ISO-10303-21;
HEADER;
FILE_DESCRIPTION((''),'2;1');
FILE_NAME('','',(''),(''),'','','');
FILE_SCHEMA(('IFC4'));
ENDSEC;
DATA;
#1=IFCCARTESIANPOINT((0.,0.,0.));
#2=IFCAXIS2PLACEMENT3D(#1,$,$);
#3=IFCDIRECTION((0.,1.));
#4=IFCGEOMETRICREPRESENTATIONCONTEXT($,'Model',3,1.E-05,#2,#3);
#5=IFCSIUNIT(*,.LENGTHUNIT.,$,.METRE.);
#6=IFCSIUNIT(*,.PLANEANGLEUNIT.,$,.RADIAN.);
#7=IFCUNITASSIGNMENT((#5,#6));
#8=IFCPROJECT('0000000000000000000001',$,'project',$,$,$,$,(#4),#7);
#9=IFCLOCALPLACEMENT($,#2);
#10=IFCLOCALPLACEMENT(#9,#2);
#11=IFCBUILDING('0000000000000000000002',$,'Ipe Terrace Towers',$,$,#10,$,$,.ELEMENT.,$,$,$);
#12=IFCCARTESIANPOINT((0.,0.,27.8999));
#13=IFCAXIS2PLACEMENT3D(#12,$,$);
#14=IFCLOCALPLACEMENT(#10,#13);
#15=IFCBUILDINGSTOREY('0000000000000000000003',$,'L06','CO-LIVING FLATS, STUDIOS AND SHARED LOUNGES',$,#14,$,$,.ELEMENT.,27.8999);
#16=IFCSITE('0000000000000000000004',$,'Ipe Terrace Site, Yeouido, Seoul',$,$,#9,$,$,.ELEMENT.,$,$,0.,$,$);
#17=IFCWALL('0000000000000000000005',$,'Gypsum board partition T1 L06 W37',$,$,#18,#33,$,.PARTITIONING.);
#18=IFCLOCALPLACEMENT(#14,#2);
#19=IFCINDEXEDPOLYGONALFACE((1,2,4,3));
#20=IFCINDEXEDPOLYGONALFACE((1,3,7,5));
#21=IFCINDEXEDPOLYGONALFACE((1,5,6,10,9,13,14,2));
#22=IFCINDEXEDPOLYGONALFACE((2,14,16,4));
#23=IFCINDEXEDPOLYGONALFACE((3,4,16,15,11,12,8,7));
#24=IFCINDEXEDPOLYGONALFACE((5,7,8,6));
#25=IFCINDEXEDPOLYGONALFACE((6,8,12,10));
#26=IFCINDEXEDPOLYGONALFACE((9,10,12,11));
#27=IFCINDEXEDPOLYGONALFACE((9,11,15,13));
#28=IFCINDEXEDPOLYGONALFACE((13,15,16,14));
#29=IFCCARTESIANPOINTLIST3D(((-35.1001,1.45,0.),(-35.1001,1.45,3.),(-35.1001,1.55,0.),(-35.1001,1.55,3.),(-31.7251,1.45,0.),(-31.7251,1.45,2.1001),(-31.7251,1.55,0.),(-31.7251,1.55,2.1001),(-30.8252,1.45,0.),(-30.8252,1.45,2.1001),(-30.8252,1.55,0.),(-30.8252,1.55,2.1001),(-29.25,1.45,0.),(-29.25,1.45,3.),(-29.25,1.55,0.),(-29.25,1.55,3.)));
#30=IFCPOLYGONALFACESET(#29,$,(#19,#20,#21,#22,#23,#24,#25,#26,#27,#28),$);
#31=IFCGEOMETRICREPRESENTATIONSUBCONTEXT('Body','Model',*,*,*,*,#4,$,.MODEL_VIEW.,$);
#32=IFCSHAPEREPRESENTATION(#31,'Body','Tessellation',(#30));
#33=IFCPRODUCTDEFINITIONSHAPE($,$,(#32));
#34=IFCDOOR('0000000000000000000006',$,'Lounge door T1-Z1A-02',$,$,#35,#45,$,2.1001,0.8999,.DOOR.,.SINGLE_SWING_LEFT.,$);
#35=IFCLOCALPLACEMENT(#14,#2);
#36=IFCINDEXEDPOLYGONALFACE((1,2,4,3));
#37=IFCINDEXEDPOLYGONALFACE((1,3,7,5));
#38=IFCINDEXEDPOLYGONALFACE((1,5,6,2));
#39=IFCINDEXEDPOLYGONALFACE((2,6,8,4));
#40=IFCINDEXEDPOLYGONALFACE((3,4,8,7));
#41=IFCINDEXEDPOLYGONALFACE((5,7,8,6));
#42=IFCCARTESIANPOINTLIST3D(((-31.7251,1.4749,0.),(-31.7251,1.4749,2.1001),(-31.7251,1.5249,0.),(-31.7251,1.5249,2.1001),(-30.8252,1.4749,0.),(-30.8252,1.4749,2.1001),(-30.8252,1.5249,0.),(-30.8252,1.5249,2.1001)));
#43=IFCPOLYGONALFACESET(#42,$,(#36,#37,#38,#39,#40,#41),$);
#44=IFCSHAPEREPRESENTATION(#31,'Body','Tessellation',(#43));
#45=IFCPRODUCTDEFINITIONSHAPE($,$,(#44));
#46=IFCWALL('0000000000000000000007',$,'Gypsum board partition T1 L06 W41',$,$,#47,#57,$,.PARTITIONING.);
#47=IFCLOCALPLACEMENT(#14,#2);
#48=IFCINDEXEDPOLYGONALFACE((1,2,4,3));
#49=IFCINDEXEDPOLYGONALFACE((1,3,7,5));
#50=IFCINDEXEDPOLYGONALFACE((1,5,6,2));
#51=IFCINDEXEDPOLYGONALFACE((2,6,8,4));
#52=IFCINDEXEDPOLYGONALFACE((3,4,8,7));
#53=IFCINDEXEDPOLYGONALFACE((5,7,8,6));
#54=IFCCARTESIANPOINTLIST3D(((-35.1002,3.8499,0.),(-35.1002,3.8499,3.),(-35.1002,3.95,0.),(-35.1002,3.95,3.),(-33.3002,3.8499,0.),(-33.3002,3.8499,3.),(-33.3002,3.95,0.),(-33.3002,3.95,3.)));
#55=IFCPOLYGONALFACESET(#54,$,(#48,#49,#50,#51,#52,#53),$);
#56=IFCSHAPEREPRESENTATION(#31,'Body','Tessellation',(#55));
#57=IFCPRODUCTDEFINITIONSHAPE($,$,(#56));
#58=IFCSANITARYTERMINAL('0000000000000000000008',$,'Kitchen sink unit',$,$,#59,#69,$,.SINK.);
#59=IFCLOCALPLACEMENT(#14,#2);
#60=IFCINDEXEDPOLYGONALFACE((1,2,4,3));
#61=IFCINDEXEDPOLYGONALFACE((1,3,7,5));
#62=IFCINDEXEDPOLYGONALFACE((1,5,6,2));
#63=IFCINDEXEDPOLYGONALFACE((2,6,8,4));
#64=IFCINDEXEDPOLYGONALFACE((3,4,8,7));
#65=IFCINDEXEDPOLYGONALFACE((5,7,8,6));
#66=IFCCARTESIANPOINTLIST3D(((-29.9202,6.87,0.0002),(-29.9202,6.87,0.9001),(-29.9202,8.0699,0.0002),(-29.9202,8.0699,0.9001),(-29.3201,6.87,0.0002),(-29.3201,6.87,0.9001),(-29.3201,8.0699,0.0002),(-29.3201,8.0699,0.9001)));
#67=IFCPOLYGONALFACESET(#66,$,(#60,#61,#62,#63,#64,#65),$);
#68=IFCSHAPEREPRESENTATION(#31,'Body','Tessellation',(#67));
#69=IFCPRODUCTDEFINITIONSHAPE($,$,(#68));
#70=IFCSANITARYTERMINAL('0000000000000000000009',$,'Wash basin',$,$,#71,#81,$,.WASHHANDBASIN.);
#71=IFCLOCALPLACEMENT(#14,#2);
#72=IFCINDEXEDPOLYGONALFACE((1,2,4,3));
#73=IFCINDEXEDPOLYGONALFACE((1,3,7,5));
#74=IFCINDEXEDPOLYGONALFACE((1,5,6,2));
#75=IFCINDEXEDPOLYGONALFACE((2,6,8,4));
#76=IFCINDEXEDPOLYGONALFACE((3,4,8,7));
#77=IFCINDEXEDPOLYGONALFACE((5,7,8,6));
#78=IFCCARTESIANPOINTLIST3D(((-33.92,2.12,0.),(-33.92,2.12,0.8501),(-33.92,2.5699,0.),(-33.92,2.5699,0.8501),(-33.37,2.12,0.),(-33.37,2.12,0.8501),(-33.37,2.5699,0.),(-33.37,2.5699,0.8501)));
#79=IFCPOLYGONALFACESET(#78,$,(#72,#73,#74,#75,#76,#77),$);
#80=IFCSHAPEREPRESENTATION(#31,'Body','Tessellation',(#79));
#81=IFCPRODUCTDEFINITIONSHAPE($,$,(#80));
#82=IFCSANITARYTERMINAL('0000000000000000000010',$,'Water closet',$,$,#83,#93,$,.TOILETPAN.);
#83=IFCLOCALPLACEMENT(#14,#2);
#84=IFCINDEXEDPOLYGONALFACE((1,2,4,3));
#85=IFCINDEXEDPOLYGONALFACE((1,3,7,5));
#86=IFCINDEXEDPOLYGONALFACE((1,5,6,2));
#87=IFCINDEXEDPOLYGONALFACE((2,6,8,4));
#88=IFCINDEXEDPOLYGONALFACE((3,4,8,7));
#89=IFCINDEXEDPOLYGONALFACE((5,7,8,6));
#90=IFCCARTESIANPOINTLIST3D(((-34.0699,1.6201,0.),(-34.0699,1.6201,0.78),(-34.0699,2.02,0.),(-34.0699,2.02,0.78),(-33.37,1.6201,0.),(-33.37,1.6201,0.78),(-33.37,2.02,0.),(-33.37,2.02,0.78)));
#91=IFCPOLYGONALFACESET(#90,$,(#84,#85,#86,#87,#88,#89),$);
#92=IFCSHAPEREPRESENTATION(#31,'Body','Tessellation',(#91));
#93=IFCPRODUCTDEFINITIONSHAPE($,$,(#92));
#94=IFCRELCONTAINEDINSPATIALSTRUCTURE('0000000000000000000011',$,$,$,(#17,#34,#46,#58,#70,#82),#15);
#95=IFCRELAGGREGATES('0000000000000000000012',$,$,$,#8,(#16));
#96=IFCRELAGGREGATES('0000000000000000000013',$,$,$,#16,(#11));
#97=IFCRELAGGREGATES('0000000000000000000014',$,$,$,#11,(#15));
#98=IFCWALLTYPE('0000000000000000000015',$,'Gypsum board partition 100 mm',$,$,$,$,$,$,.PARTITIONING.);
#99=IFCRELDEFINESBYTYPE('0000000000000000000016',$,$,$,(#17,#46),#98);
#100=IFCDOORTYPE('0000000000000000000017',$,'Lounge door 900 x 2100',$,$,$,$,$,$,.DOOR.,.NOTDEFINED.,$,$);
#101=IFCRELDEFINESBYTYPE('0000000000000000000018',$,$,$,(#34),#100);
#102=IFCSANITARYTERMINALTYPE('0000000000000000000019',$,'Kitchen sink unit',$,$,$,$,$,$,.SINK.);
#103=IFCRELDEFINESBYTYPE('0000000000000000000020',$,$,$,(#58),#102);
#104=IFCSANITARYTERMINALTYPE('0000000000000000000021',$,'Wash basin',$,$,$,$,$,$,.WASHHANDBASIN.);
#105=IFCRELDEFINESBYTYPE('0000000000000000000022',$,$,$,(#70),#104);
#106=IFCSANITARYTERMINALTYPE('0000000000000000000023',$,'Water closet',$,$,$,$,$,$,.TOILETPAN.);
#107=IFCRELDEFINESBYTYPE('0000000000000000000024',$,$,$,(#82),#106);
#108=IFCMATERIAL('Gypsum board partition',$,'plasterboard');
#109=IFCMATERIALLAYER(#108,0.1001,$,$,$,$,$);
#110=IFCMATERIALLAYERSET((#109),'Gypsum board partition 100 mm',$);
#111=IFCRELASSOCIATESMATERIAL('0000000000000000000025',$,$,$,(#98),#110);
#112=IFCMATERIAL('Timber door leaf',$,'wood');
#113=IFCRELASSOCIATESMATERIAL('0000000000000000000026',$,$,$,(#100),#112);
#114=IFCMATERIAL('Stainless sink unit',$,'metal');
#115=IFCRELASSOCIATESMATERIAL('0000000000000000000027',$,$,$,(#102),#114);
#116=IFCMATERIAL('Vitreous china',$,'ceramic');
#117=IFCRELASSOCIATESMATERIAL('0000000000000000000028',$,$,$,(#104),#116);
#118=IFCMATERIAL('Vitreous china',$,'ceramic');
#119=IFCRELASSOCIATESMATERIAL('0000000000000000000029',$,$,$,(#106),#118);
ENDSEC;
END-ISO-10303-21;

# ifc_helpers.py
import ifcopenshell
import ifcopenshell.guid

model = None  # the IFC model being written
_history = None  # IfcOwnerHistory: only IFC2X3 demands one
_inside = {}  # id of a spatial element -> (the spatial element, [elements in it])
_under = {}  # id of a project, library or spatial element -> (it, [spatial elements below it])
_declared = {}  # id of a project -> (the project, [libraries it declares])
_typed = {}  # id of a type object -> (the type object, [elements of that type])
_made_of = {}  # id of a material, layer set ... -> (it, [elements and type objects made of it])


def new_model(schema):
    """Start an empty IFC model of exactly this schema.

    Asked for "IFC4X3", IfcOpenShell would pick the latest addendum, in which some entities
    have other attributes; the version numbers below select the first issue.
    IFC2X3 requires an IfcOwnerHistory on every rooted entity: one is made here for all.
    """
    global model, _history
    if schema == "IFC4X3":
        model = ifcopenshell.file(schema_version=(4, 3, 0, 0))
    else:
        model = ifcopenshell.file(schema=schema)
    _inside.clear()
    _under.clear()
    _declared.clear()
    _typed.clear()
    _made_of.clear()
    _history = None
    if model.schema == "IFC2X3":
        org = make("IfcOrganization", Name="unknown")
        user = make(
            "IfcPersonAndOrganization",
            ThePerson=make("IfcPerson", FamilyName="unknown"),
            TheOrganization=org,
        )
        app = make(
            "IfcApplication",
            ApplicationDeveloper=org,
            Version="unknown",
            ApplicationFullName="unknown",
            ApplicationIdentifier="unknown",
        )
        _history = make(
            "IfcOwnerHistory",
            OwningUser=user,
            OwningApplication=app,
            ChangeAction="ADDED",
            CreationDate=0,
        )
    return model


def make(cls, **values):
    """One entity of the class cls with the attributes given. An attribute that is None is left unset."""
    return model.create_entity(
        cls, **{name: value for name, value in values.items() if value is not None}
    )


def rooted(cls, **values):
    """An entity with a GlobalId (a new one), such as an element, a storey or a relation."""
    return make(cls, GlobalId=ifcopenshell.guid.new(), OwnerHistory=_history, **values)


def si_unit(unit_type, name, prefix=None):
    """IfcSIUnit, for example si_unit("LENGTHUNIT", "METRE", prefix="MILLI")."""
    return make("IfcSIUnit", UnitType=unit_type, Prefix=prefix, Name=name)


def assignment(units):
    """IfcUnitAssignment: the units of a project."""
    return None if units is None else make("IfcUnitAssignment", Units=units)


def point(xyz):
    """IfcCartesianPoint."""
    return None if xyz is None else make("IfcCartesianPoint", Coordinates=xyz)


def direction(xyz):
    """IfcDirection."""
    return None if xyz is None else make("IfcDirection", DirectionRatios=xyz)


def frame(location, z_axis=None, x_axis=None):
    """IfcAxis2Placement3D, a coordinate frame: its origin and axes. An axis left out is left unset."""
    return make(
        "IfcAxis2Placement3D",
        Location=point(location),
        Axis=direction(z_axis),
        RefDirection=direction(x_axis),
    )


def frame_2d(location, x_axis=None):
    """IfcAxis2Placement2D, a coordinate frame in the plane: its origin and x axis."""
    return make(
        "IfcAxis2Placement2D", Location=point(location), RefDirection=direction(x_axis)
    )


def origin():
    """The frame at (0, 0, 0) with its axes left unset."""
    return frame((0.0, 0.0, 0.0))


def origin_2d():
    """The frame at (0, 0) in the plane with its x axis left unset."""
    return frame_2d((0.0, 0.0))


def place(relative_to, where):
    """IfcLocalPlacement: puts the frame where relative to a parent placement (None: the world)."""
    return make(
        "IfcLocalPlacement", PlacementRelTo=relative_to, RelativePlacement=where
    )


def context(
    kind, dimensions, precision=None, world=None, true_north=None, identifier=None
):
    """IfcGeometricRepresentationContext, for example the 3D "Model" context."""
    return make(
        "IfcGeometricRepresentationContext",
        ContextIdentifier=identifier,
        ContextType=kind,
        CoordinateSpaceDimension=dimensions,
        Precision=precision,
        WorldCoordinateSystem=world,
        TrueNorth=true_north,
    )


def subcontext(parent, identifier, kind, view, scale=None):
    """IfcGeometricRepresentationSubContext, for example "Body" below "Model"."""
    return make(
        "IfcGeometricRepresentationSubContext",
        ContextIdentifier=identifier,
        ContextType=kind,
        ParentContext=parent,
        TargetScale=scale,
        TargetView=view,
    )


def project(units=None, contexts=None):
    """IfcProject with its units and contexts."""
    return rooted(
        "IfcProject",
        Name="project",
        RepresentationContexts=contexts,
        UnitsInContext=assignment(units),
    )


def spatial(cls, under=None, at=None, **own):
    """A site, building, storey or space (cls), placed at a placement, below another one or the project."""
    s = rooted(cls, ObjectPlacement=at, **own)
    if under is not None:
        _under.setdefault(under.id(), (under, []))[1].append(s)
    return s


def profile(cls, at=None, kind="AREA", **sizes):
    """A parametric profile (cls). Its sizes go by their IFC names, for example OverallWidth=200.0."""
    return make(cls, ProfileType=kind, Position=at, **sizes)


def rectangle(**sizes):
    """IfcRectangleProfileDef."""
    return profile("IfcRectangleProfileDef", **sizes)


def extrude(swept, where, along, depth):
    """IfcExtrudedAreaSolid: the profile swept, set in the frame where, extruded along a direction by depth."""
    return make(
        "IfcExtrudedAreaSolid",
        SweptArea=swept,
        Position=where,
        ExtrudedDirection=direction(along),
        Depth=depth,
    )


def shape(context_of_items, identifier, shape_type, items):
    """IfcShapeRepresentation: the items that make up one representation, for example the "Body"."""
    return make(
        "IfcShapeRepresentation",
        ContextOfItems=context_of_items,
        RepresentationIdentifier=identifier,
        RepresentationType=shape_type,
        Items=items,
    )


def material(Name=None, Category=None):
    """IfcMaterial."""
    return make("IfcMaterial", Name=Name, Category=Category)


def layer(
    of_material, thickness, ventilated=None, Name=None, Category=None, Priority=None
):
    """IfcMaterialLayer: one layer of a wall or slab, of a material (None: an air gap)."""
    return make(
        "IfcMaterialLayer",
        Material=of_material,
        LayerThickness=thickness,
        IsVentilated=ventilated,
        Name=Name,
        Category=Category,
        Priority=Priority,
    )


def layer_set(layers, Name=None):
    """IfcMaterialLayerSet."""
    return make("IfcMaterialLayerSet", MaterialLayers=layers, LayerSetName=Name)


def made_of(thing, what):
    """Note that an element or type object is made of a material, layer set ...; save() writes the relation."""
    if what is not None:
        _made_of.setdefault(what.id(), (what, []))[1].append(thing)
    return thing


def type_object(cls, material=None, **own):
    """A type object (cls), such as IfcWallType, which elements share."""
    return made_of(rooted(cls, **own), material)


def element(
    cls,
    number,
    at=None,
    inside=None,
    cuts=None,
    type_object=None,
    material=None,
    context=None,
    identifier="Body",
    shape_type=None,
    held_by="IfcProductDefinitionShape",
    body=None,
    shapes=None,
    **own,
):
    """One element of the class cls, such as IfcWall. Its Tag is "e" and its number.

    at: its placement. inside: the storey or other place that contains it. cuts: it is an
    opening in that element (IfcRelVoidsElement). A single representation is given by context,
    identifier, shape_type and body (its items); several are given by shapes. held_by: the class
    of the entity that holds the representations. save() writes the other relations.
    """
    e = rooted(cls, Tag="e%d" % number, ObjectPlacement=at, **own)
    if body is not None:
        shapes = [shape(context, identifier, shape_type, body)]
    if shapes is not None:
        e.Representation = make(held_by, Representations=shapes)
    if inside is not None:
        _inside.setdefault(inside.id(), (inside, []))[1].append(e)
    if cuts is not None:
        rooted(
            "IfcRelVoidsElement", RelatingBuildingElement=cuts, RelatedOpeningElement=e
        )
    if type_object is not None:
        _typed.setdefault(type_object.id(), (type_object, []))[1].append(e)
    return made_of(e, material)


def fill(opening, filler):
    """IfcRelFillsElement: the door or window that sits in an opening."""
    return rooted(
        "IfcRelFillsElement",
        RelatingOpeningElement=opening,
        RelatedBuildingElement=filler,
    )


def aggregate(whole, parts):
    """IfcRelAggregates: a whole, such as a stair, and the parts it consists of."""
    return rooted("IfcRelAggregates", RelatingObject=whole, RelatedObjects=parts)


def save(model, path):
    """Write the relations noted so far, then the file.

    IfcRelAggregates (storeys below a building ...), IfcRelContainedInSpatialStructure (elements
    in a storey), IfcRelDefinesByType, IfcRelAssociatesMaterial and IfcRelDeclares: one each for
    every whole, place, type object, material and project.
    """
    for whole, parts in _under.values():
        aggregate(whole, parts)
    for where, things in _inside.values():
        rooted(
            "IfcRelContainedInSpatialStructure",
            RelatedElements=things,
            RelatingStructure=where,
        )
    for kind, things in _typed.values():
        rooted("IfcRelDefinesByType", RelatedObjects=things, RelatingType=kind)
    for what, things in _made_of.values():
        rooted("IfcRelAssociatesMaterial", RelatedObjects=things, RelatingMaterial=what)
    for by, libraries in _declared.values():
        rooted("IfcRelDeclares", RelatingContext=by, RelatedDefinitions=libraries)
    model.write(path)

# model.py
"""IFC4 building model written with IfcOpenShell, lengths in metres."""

from ifc_helpers import new_model, si_unit, direction, frame, frame_2d, origin, origin_2d, place, context, subcontext, project, spatial, rectangle, extrude, material, layer, layer_set, type_object, element, fill, save


model = new_model("IFC4")

# Units and contexts
model_context = context("Model", 3, precision=1e-05, world=origin(), true_north=direction((0.0, 1.0)))
body_context = subcontext(model_context, "Body", "Model", "MODEL_VIEW")
ifc_project = project(units=[si_unit("LENGTHUNIT", "METRE"), si_unit("PLANEANGLEUNIT", "RADIAN")], contexts=[model_context])

# Site, building, storey
site_placement = place(None, origin())
site = spatial("IfcSite", under=ifc_project, at=site_placement, Name="Ipe Terrace Site, Yeouido, Seoul", CompositionType="ELEMENT", RefElevation=0.0)
building_placement = place(site_placement, origin())
building = spatial("IfcBuilding", under=site, at=building_placement, Name="Ipe Terrace Towers", CompositionType="ELEMENT")
storey_placement = place(building_placement, frame((0.0, 0.0, 27.8999)))
storey = spatial("IfcBuildingStorey", under=building, at=storey_placement, Name="L06", Description="CO-LIVING FLATS, STUDIOS AND SHARED LOUNGES", CompositionType="ELEMENT", Elevation=27.8999)

# Shared definitions
ifc_material_1 = material(Name="Gypsum board partition", Category="plasterboard")
ifc_layer_1 = layer(ifc_material_1, 0.1001)
ifc_layer_set_1 = layer_set([ifc_layer_1], Name="Gypsum board partition 100 mm")
wall_type = type_object("IfcWallType", Name="Gypsum board partition 100 mm", PredefinedType="PARTITIONING", material=ifc_layer_set_1)

# Shared definitions
ifc_material_2 = material(Name="Timber door leaf", Category="wood")
door_type_1 = type_object("IfcDoorType", Name="Lounge door 900 x 2100", OperationType="NOTDEFINED", PredefinedType="DOOR", material=ifc_material_2)

# Wall, opening, door
wall_1_placement = place(storey_placement, frame((-35.1001, 1.5, 0.0), z_axis=(0.0, 0.0, 1.0), x_axis=(1.0, 0.0, 0.0)))
wall_1 = element("IfcWall", 1, at=wall_1_placement, inside=storey, type_object=wall_type, Name="Gypsum board partition T1 L06 W37", PredefinedType="PARTITIONING", context=body_context, shape_type="SweptSolid", body=[
    extrude(rectangle(XDim=5.8501, YDim=0.1001, at=frame_2d((2.925, 0.0))), origin(), (0.0, 0.0, 1.0), 3.0),
])
opening_1_placement = place(wall_1_placement, frame((3.375, 0.0, 0.0)))
opening_1 = element("IfcOpeningElement", 2, at=opening_1_placement, cuts=wall_1, PredefinedType="OPENING", context=body_context, shape_type="SweptSolid", body=[
    extrude(rectangle(XDim=0.8999, YDim=2.1001, at=frame_2d((0.45, 1.05))), frame((0.0, 0.0601, 0.0), z_axis=(0.0, -1.0, 0.0), x_axis=(1.0, 0.0, 0.0)), (0.0, 0.0, 1.0), 0.1201),
])
door_1_placement = place(opening_1_placement, origin())
door_1 = element("IfcDoor", 3, at=door_1_placement, inside=storey, type_object=door_type_1, Name="Lounge door T1-Z1A-02", OperationType="SINGLE_SWING_LEFT", OverallHeight=2.1001, OverallWidth=0.8999, PredefinedType="DOOR", context=body_context, shape_type="SweptSolid", body=[
    extrude(rectangle(XDim=0.8999, YDim=2.1001, at=frame_2d((0.45, 1.05))), frame((0.0, 0.0249, 0.0), z_axis=(0.0, -1.0, 0.0), x_axis=(1.0, 0.0, 0.0)), (0.0, 0.0, 1.0), 0.05),
])
fill(opening_1, door_1)

# Wall
wall_2_placement = place(storey_placement, frame((-35.1001, 3.8999, 0.0), z_axis=(0.0, 0.0, 1.0), x_axis=(1.0, 0.0, 0.0)))
element("IfcWall", 4, at=wall_2_placement, inside=storey, type_object=wall_type, Name="Gypsum board partition T1 L06 W41", PredefinedType="PARTITIONING", context=body_context, shape_type="SweptSolid", body=[
    extrude(rectangle(XDim=1.8, YDim=0.1001, at=frame_2d((0.8999, 0.0))), origin(), (0.0, 0.0, 1.0), 3.0),
])

# Sanitary terminals
ifc_material_3 = material(Name="Stainless sink unit", Category="metal")
sanitary_terminal_type_1 = type_object("IfcSanitaryTerminalType", Name="Kitchen sink unit", PredefinedType="SINK", material=ifc_material_3)
sanitary_terminal_1_placement = place(storey_placement, frame((-29.6201, 7.47, 0.0002), z_axis=(0.0, 0.0, 1.0), x_axis=(0.0, -1.0, 0.0)))
element("IfcSanitaryTerminal", 5, at=sanitary_terminal_1_placement, inside=storey, type_object=sanitary_terminal_type_1, Name="Kitchen sink unit", PredefinedType="SINK", context=body_context, shape_type="SweptSolid", body=[
    extrude(rectangle(XDim=1.2, YDim=0.6001, at=origin_2d()), origin(), (0.0, 0.0, 1.0), 0.8999),
])
ifc_material_4 = material(Name="Vitreous china", Category="ceramic")
sanitary_terminal_type_2 = type_object("IfcSanitaryTerminalType", Name="Wash basin", PredefinedType="WASHHANDBASIN", material=ifc_material_4)
sanitary_terminal_2_placement = place(storey_placement, frame((-33.645, 2.345, 0.0), z_axis=(0.0, 0.0, 1.0), x_axis=(-1.0, 0.0, 0.0)))
element("IfcSanitaryTerminal", 6, at=sanitary_terminal_2_placement, inside=storey, type_object=sanitary_terminal_type_2, Name="Wash basin", PredefinedType="WASHHANDBASIN", context=body_context, shape_type="SweptSolid", body=[
    extrude(rectangle(XDim=0.55, YDim=0.45, at=origin_2d()), origin(), (0.0, 0.0, 1.0), 0.8501),
])
ifc_material_5 = material(Name="Vitreous china", Category="ceramic")
sanitary_terminal_type_3 = type_object("IfcSanitaryTerminalType", Name="Water closet", PredefinedType="TOILETPAN", material=ifc_material_5)
sanitary_terminal_3_placement = place(storey_placement, frame((-33.72, 1.8201, 0.0), z_axis=(0.0, 0.0, 1.0), x_axis=(-1.0, 0.0, 0.0)))
element("IfcSanitaryTerminal", 7, at=sanitary_terminal_3_placement, inside=storey, type_object=sanitary_terminal_type_3, Name="Water closet", PredefinedType="TOILETPAN", context=body_context, shape_type="SweptSolid", body=[
    extrude(rectangle(XDim=0.7, YDim=0.3999, at=origin_2d()), origin(), (0.0, 0.0, 1.0), 0.78),
])

save(model, "model.ifc")
